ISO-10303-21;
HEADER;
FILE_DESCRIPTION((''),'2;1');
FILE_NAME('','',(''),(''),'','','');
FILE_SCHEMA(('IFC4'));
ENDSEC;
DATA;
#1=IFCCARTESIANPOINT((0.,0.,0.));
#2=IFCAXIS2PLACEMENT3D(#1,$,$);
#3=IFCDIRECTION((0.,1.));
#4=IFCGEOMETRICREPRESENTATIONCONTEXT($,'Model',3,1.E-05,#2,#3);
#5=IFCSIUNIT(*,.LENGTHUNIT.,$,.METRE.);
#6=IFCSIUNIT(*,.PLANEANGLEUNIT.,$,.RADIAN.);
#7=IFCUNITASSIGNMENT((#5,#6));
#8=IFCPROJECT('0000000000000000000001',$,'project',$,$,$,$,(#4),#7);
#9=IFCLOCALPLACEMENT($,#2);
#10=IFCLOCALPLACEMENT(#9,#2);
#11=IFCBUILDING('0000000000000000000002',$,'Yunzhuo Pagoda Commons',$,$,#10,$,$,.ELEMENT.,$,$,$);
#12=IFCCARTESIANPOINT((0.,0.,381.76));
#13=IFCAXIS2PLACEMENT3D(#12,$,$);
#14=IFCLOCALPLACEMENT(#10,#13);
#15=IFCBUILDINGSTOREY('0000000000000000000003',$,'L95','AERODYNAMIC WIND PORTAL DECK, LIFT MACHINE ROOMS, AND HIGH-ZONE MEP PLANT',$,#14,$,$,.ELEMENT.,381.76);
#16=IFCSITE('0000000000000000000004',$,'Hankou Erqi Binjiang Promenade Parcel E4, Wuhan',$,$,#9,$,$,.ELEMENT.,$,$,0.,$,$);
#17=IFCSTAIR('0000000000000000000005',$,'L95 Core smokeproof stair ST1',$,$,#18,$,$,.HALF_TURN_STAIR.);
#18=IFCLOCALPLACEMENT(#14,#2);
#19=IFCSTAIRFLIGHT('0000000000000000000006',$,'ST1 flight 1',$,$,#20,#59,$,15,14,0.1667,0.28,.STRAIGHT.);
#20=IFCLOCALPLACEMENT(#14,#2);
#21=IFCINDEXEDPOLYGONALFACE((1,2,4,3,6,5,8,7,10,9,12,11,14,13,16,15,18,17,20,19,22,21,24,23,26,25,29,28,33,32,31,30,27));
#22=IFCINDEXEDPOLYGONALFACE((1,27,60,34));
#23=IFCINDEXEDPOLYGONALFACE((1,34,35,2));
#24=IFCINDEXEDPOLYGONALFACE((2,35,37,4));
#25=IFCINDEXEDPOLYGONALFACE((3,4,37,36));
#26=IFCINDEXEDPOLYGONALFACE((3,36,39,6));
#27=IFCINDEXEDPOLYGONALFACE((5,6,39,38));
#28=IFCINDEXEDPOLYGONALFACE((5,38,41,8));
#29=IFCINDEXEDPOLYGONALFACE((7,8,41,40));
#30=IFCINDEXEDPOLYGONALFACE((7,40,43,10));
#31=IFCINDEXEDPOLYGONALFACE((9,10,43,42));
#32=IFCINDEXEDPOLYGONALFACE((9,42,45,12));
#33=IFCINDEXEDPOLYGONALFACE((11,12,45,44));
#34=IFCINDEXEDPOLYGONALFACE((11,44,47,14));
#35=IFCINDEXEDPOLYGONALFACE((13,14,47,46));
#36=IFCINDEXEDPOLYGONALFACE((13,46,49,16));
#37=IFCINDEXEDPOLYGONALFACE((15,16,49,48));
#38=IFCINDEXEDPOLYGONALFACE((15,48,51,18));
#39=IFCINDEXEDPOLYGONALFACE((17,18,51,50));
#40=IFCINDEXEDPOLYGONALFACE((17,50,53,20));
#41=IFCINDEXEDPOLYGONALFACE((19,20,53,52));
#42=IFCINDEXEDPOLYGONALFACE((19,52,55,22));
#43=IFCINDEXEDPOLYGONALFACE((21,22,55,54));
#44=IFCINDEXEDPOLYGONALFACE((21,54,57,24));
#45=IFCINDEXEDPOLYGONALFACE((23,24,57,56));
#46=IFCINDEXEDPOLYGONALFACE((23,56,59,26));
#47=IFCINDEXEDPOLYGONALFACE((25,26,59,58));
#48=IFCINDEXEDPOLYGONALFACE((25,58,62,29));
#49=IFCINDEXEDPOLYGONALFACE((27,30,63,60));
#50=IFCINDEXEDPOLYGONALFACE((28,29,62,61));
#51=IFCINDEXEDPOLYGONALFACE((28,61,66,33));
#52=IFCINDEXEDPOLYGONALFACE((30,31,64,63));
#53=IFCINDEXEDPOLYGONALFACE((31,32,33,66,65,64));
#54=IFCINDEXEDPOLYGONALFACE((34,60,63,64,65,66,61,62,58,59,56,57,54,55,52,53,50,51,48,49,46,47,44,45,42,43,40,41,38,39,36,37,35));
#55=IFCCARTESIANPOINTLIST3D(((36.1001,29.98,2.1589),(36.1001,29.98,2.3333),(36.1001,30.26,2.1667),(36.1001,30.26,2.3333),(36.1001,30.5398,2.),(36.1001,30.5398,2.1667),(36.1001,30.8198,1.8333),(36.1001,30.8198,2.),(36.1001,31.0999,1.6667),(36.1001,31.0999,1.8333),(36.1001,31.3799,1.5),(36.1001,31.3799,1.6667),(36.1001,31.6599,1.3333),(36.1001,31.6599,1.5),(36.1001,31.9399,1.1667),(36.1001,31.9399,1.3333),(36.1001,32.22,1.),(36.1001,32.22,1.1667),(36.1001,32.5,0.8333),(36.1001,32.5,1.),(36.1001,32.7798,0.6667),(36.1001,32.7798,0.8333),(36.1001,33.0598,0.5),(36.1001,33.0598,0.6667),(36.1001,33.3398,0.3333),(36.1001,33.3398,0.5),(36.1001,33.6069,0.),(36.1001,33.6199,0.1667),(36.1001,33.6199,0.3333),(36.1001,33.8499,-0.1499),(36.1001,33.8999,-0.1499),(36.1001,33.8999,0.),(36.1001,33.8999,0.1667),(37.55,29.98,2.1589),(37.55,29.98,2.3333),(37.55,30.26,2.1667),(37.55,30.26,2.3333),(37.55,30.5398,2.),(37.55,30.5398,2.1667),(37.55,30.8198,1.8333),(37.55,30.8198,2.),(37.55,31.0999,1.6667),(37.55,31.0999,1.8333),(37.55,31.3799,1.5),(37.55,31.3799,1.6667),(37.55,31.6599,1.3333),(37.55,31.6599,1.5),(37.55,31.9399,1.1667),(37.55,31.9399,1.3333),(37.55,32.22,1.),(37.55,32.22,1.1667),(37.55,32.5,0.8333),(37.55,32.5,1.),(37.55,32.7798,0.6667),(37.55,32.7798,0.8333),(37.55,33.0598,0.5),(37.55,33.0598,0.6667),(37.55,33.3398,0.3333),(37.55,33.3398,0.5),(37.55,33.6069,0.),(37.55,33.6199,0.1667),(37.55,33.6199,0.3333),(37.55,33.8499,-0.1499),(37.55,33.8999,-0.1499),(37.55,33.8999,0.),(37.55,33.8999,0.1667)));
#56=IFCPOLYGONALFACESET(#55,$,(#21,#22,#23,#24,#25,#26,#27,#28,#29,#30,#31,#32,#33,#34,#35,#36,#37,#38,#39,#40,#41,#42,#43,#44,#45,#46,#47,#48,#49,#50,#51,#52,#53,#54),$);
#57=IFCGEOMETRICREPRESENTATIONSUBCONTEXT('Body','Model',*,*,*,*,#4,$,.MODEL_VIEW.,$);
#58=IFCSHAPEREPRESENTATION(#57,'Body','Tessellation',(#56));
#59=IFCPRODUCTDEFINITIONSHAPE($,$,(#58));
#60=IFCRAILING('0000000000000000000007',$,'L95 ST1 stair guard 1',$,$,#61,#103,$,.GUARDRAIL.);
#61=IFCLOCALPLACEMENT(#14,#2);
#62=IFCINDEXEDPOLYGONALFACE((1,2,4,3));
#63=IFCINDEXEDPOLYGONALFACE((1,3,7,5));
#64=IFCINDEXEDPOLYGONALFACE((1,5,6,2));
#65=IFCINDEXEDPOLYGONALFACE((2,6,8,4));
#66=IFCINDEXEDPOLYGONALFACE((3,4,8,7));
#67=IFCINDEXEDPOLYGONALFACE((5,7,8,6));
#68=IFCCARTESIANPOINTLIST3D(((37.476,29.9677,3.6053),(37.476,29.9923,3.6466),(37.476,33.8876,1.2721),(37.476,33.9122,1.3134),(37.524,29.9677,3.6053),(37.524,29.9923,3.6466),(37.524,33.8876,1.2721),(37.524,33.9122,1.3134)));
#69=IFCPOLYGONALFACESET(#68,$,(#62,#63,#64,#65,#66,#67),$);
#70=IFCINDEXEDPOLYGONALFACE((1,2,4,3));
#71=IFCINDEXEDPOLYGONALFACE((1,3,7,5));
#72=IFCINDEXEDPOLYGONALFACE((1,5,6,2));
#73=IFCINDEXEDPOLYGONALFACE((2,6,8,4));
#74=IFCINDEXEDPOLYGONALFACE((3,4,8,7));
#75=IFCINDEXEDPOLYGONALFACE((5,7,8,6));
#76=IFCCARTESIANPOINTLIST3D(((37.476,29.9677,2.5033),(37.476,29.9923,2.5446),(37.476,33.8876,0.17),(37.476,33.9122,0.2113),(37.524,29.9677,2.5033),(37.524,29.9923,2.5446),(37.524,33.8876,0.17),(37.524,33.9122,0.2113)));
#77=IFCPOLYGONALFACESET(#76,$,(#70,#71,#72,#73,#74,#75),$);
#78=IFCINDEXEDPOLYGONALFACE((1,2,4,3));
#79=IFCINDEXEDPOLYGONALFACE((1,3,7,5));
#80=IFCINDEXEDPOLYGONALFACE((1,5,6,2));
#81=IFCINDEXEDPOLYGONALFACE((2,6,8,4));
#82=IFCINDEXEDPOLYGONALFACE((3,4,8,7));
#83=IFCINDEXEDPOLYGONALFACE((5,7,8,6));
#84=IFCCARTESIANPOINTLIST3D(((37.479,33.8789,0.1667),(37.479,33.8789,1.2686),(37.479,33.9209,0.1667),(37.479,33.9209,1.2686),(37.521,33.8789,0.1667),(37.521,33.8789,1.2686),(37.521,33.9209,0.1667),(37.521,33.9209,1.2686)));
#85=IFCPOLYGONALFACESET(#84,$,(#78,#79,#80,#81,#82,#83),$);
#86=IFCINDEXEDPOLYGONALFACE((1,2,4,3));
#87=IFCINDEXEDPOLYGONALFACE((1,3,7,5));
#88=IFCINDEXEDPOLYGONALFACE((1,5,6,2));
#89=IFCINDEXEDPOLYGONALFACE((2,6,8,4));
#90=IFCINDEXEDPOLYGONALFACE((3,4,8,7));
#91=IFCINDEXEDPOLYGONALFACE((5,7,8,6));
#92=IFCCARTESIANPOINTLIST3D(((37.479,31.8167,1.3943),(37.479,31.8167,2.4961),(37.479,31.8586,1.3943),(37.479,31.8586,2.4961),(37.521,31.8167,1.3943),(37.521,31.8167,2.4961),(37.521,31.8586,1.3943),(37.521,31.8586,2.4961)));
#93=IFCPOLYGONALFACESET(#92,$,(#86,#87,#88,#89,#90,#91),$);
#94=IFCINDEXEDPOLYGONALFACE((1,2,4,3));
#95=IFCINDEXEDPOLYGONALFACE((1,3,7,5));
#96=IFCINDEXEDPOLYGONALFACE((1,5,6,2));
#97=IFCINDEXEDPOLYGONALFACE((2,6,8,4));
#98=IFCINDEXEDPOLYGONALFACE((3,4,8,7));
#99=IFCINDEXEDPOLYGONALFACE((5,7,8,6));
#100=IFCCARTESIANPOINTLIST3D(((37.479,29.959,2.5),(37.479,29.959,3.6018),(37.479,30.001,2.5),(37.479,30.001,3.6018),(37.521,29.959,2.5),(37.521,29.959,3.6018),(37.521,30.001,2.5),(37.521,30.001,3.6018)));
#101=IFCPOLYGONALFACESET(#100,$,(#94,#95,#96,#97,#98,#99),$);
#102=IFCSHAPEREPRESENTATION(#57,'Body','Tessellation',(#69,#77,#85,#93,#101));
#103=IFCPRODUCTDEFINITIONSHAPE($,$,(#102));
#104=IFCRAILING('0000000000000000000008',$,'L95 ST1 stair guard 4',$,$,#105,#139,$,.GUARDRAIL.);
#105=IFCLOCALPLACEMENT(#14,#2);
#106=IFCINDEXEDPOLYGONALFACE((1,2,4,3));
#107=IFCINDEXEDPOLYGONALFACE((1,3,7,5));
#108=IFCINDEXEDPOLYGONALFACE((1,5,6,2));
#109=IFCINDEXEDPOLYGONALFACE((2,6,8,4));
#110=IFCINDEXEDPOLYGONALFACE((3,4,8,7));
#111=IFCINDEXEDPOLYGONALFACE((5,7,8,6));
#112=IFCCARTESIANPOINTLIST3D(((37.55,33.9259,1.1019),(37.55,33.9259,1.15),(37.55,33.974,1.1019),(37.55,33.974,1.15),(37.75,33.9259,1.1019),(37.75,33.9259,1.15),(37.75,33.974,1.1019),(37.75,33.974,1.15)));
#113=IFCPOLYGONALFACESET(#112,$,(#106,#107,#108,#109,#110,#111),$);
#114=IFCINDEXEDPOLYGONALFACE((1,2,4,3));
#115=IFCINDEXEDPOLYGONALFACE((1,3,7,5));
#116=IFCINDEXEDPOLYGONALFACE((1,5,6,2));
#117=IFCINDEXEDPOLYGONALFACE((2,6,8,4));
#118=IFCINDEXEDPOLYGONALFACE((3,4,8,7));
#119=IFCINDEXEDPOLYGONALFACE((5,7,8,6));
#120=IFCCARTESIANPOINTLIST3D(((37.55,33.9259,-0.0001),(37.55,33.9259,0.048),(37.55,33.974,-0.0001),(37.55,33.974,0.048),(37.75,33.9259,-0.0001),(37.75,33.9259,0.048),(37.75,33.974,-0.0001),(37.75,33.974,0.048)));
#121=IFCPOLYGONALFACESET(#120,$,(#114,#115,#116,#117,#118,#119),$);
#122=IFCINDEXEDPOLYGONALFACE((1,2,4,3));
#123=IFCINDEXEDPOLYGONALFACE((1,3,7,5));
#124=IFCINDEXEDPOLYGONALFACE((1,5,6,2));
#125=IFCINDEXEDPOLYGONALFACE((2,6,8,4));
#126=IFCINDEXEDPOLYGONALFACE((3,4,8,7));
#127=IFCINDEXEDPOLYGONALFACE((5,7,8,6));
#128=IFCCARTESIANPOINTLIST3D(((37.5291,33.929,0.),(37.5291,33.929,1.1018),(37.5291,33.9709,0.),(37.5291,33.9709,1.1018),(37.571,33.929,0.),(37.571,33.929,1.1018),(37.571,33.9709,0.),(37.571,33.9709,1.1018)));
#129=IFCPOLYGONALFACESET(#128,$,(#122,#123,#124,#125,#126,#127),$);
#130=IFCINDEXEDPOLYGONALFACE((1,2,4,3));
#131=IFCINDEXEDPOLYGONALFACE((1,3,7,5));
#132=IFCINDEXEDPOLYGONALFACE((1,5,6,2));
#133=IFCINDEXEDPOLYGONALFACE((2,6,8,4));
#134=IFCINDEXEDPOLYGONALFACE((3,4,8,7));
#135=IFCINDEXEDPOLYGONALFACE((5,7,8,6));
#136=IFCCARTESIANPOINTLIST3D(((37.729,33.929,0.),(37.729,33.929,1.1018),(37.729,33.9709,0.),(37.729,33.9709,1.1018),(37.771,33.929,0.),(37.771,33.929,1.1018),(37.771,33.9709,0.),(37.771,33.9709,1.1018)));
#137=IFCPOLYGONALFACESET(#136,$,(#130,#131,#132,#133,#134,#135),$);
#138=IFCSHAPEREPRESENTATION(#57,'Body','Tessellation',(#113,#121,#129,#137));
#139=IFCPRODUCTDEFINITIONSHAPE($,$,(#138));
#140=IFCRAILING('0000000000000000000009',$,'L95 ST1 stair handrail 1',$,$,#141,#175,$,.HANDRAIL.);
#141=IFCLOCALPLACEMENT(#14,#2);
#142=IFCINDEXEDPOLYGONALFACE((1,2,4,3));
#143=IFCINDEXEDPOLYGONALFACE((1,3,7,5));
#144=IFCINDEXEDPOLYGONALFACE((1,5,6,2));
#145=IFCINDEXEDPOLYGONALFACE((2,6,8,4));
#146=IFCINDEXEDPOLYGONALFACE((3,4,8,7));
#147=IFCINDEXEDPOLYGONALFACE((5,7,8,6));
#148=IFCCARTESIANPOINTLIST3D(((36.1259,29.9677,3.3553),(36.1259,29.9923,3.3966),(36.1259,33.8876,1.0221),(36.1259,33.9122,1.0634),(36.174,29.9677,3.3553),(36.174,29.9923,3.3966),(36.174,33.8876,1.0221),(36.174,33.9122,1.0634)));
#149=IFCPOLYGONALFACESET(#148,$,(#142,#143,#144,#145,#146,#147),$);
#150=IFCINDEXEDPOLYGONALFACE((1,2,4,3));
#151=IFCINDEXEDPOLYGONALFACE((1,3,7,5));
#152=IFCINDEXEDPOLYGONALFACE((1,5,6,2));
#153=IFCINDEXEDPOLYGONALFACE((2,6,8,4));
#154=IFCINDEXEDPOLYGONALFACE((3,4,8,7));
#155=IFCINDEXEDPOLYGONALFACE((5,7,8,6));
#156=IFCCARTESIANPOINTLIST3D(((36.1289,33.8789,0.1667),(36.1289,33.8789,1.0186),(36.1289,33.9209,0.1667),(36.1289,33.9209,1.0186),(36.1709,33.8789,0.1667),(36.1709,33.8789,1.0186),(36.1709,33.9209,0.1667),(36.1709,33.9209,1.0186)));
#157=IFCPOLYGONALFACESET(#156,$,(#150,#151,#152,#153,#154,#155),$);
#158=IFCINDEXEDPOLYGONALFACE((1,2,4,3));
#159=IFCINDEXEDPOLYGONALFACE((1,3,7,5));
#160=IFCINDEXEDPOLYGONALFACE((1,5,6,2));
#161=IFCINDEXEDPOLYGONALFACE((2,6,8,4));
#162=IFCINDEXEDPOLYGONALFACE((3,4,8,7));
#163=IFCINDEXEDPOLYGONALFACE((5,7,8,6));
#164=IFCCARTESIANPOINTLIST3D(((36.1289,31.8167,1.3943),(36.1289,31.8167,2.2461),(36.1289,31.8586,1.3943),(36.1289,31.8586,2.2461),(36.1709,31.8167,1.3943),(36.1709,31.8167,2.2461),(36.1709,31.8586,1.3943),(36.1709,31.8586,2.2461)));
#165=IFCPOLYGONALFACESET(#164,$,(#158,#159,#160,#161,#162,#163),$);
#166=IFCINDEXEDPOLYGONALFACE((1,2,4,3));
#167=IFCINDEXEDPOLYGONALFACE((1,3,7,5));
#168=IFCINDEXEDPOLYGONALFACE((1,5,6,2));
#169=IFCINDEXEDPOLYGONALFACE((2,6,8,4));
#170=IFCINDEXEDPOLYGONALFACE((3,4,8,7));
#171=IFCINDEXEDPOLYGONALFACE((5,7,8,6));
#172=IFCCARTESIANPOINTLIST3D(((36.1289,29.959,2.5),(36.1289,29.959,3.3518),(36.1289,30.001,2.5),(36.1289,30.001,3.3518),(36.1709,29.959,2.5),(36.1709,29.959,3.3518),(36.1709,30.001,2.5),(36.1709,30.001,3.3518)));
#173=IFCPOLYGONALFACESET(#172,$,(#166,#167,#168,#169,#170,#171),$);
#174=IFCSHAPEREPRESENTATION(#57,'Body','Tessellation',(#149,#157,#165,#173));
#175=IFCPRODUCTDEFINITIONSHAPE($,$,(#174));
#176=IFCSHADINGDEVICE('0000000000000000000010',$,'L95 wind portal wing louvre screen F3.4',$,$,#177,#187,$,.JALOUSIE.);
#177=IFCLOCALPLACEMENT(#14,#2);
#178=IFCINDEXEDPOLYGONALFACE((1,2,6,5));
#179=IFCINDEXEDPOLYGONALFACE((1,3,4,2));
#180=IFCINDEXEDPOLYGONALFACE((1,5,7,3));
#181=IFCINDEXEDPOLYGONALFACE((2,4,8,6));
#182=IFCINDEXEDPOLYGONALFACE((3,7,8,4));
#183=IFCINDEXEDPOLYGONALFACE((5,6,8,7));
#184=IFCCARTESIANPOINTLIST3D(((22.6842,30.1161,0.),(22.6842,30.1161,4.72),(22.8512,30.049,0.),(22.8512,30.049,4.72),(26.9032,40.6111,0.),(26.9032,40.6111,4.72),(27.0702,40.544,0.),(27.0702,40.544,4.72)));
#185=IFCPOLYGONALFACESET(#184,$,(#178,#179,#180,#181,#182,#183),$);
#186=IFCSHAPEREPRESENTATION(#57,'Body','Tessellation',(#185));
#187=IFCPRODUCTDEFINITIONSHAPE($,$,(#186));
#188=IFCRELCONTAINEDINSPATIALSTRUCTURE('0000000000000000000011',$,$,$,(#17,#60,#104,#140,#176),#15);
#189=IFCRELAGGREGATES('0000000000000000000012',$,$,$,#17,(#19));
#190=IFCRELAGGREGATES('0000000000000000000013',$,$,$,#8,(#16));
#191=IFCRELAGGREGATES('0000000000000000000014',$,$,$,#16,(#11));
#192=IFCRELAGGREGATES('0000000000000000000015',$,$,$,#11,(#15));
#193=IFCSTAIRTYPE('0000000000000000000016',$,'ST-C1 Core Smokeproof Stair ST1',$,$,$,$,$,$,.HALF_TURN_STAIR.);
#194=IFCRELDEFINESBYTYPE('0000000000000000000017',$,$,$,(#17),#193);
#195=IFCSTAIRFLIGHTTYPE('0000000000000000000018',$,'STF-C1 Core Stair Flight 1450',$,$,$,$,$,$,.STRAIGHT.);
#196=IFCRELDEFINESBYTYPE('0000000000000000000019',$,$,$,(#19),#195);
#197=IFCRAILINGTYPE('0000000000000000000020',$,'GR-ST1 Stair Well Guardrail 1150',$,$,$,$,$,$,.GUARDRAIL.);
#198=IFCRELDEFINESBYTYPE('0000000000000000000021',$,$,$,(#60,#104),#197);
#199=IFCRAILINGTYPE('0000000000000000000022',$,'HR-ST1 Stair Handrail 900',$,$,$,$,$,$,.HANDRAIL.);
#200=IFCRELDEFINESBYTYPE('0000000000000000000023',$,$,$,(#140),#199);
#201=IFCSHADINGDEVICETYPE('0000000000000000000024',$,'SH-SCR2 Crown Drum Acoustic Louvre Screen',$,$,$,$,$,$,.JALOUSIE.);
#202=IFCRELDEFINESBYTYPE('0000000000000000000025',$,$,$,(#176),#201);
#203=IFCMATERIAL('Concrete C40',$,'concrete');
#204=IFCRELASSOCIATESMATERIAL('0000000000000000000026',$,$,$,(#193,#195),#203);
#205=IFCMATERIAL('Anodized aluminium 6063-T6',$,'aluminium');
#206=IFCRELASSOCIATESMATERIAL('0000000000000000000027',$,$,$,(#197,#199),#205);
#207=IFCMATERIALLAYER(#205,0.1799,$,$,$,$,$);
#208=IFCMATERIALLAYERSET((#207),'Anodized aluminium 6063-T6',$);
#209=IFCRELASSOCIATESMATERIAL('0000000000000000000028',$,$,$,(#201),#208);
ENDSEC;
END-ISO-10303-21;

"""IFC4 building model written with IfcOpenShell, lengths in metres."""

from ifc_helpers import new_model, si_unit, direction, frame, origin, origin_2d, place, context, subcontext, project, spatial, polyline, rectangle, outline, extrude, source, transform, mapped, material, layer, layer_set, type_object, element, aggregate, save


model = new_model("IFC4")

# Units and contexts
model_context = context("Model", 3, precision=1e-05, world=origin(), true_north=direction((0.0, 1.0)))
body_context = subcontext(model_context, "Body", "Model", "MODEL_VIEW")
ifc_project = project(units=[si_unit("LENGTHUNIT", "METRE"), si_unit("PLANEANGLEUNIT", "RADIAN")], contexts=[model_context])

# Site, building, storey
site_placement = place(None, origin())
site = spatial("IfcSite", under=ifc_project, at=site_placement, Name="Hankou Erqi Binjiang Promenade Parcel E4, Wuhan", CompositionType="ELEMENT", RefElevation=0.0)
building_placement = place(site_placement, origin())
building = spatial("IfcBuilding", under=site, at=building_placement, Name="Yunzhuo Pagoda Commons", CompositionType="ELEMENT")
storey_placement = place(building_placement, frame((0.0, 0.0, 381.76)))
storey = spatial("IfcBuildingStorey", under=building, at=storey_placement, Name="L95", Description="AERODYNAMIC WIND PORTAL DECK, LIFT MACHINE ROOMS, AND HIGH-ZONE MEP PLANT", CompositionType="ELEMENT", Elevation=381.76)

# Shared definitions
ifc_material_1 = material(Name="Concrete C40", Category="concrete")

# Stair, stair flight
stair_type = type_object("IfcStairType", Name="ST-C1 Core Smokeproof Stair ST1", PredefinedType="HALF_TURN_STAIR", material=ifc_material_1)
stair_placement = place(storey_placement, origin())
stair = element("IfcStair", 1, at=stair_placement, inside=storey, type_object=stair_type, Name="L95 Core smokeproof stair ST1", PredefinedType="HALF_TURN_STAIR")
stair_flight_type = type_object("IfcStairFlightType", Name="STF-C1 Core Stair Flight 1450", PredefinedType="STRAIGHT", material=ifc_material_1)
shared_shape_1 = source(origin(), body_context, "Body", "SweptSolid", [
    extrude(outline(polyline([(0.0, -0.1499), (0.0, 0.0), (0.0, 0.1667), (0.28, 0.1667), (0.28, 0.3333), (0.5601, 0.3333), (0.5601, 0.5), (0.8401, 0.5), (0.8401, 0.6667), (1.1201, 0.6667), (1.1201, 0.8333), (1.3999, 0.8333), (1.3999, 1.0), (1.6799, 1.0), (1.6799, 1.1667), (1.96, 1.1667), (1.96, 1.3333), (2.24, 1.3333), (2.24, 1.5), (2.52, 1.5), (2.52, 1.6667), (2.8, 1.6667), (2.8, 1.8333), (3.0801, 1.8333), (3.0801, 2.0), (3.3601, 2.0), (3.3601, 2.1667), (3.6399, 2.1667), (3.6399, 2.3333), (3.9199, 2.3333), (3.9199, 2.5), (3.9199, 2.1589), (0.293, 0.0), (0.05, -0.1499), (0.0, -0.1499)])), frame((0.0, 0.7251, 0.0), z_axis=(0.0, -1.0, 0.0), x_axis=(1.0, 0.0, 0.0)), (0.0, 0.0, 1.0), 1.45),
])
stair_flight_placement = place(storey_placement, frame((36.825, 33.8999, 0.0), z_axis=(0.0, 0.0, 1.0), x_axis=(0.0, -1.0, 0.0)))
stair_flight = element("IfcStairFlight", 2, at=stair_flight_placement, type_object=stair_flight_type, Name="ST1 flight 1", NumberOfRisers=15, NumberOfTreads=14, PredefinedType="STRAIGHT", RiserHeight=0.1667, TreadLength=0.28, context=body_context, shape_type="MappedRepresentation", body=[
    mapped(shared_shape_1, transform((0.0, 0.0, 0.0), scale=1.0)),
])
aggregate(stair, [stair_flight])

# Railings
ifc_material_2 = material(Name="Anodized aluminium 6063-T6", Category="aluminium")
railing_type_1 = type_object("IfcRailingType", Name="GR-ST1 Stair Well Guardrail 1150", PredefinedType="GUARDRAIL", material=ifc_material_2)
railing_1_placement = place(storey_placement, frame((37.5, 33.8999, 0.1667)))
element("IfcRailing", 3, at=railing_1_placement, inside=storey, type_object=railing_type_1, Name="L95 ST1 stair guard 1", PredefinedType="GUARDRAIL", context=body_context, shape_type="SweptSolid", body=[
    extrude(rectangle(XDim=0.0481, YDim=0.0481, at=origin_2d()), frame((0.0, 0.0, 1.126), z_axis=(0.0, -0.859296, 0.511478), x_axis=(1.0, 0.0, 0.0)), (0.0, 0.0, 1.0), 4.5618),
    extrude(rectangle(XDim=0.0481, YDim=0.0481, at=origin_2d()), frame((0.0, 0.0, 0.0239), z_axis=(0.0, -0.859296, 0.511478), x_axis=(1.0, 0.0, 0.0)), (0.0, 0.0, 1.0), 4.5618),
    extrude(rectangle(XDim=0.042, YDim=0.042, at=origin_2d()), origin(), (0.0, 0.0, 1.0), 1.1018),
    extrude(rectangle(XDim=0.042, YDim=0.042, at=origin_2d()), frame((0.0, -2.0623, 1.2275)), (0.0, 0.0, 1.0), 1.1018),
    extrude(rectangle(XDim=0.042, YDim=0.042, at=origin_2d()), frame((0.0, -3.9199, 2.3333)), (0.0, 0.0, 1.0), 1.1018),
])
railing_2_placement = place(storey_placement, frame((37.55, 33.95, 0.0)))
element("IfcRailing", 4, at=railing_2_placement, inside=storey, type_object=railing_type_1, Name="L95 ST1 stair guard 4", PredefinedType="GUARDRAIL", context=body_context, shape_type="SweptSolid", body=[
    extrude(rectangle(XDim=0.0481, YDim=0.0481, at=origin_2d()), frame((0.0, 0.0, 1.126), z_axis=(1.0, 0.0, 0.0), x_axis=(0.0, 1.0, 0.0)), (0.0, 0.0, 1.0), 0.2),
    extrude(rectangle(XDim=0.0481, YDim=0.0481, at=origin_2d()), frame((0.0, 0.0, 0.0239), z_axis=(1.0, 0.0, 0.0), x_axis=(0.0, 1.0, 0.0)), (0.0, 0.0, 1.0), 0.2),
    extrude(rectangle(XDim=0.042, YDim=0.042, at=origin_2d()), origin(), (0.0, 0.0, 1.0), 1.1018),
    extrude(rectangle(XDim=0.042, YDim=0.042, at=origin_2d()), frame((0.2, 0.0, 0.0)), (0.0, 0.0, 1.0), 1.1018),
])
railing_type_2 = type_object("IfcRailingType", Name="HR-ST1 Stair Handrail 900", PredefinedType="HANDRAIL", material=ifc_material_2)
railing_3_placement = place(storey_placement, frame((36.1499, 33.8999, 0.1667)))
element("IfcRailing", 5, at=railing_3_placement, inside=storey, type_object=railing_type_2, Name="L95 ST1 stair handrail 1", PredefinedType="HANDRAIL", context=body_context, shape_type="SweptSolid", body=[
    extrude(rectangle(XDim=0.0481, YDim=0.0481, at=origin_2d()), frame((0.0, 0.0, 0.876), z_axis=(0.0, -0.859296, 0.511478), x_axis=(1.0, 0.0, 0.0)), (0.0, 0.0, 1.0), 4.5618),
    extrude(rectangle(XDim=0.042, YDim=0.042, at=origin_2d()), origin(), (0.0, 0.0, 1.0), 0.8518),
    extrude(rectangle(XDim=0.042, YDim=0.042, at=origin_2d()), frame((0.0, -2.0623, 1.2275)), (0.0, 0.0, 1.0), 0.8518),
    extrude(rectangle(XDim=0.042, YDim=0.042, at=origin_2d()), frame((0.0, -3.9199, 2.3333)), (0.0, 0.0, 1.0), 0.8518),
])

# Shading device
ifc_layer_1 = layer(ifc_material_2, 0.1799)
ifc_layer_set_1 = layer_set([ifc_layer_1], Name="Anodized aluminium 6063-T6")
shading_device_type = type_object("IfcShadingDeviceType", Name="SH-SCR2 Crown Drum Acoustic Louvre Screen", PredefinedType="JALOUSIE", material=ifc_layer_set_1)
shared_shape_2 = source(origin(), body_context, "Body", "SweptSolid", [
    extrude(rectangle(XDim=11.3113, YDim=0.1799, at=origin_2d()), origin(), (0.0, 0.0, 1.0), 4.72),
])
shading_device_placement = place(storey_placement, frame((24.8772, 35.3301, 0.0), z_axis=(0.0, 0.0, 1.0), x_axis=(-0.372988, -0.927836, 0.0)))
element("IfcShadingDevice", 6, at=shading_device_placement, inside=storey, type_object=shading_device_type, Name="L95 wind portal wing louvre screen F3.4", PredefinedType="JALOUSIE", context=body_context, shape_type="MappedRepresentation", body=[
    mapped(shared_shape_2, transform((0.0, 0.0, 0.0), scale=1.0)),
])

save(model, "model.ifc")
